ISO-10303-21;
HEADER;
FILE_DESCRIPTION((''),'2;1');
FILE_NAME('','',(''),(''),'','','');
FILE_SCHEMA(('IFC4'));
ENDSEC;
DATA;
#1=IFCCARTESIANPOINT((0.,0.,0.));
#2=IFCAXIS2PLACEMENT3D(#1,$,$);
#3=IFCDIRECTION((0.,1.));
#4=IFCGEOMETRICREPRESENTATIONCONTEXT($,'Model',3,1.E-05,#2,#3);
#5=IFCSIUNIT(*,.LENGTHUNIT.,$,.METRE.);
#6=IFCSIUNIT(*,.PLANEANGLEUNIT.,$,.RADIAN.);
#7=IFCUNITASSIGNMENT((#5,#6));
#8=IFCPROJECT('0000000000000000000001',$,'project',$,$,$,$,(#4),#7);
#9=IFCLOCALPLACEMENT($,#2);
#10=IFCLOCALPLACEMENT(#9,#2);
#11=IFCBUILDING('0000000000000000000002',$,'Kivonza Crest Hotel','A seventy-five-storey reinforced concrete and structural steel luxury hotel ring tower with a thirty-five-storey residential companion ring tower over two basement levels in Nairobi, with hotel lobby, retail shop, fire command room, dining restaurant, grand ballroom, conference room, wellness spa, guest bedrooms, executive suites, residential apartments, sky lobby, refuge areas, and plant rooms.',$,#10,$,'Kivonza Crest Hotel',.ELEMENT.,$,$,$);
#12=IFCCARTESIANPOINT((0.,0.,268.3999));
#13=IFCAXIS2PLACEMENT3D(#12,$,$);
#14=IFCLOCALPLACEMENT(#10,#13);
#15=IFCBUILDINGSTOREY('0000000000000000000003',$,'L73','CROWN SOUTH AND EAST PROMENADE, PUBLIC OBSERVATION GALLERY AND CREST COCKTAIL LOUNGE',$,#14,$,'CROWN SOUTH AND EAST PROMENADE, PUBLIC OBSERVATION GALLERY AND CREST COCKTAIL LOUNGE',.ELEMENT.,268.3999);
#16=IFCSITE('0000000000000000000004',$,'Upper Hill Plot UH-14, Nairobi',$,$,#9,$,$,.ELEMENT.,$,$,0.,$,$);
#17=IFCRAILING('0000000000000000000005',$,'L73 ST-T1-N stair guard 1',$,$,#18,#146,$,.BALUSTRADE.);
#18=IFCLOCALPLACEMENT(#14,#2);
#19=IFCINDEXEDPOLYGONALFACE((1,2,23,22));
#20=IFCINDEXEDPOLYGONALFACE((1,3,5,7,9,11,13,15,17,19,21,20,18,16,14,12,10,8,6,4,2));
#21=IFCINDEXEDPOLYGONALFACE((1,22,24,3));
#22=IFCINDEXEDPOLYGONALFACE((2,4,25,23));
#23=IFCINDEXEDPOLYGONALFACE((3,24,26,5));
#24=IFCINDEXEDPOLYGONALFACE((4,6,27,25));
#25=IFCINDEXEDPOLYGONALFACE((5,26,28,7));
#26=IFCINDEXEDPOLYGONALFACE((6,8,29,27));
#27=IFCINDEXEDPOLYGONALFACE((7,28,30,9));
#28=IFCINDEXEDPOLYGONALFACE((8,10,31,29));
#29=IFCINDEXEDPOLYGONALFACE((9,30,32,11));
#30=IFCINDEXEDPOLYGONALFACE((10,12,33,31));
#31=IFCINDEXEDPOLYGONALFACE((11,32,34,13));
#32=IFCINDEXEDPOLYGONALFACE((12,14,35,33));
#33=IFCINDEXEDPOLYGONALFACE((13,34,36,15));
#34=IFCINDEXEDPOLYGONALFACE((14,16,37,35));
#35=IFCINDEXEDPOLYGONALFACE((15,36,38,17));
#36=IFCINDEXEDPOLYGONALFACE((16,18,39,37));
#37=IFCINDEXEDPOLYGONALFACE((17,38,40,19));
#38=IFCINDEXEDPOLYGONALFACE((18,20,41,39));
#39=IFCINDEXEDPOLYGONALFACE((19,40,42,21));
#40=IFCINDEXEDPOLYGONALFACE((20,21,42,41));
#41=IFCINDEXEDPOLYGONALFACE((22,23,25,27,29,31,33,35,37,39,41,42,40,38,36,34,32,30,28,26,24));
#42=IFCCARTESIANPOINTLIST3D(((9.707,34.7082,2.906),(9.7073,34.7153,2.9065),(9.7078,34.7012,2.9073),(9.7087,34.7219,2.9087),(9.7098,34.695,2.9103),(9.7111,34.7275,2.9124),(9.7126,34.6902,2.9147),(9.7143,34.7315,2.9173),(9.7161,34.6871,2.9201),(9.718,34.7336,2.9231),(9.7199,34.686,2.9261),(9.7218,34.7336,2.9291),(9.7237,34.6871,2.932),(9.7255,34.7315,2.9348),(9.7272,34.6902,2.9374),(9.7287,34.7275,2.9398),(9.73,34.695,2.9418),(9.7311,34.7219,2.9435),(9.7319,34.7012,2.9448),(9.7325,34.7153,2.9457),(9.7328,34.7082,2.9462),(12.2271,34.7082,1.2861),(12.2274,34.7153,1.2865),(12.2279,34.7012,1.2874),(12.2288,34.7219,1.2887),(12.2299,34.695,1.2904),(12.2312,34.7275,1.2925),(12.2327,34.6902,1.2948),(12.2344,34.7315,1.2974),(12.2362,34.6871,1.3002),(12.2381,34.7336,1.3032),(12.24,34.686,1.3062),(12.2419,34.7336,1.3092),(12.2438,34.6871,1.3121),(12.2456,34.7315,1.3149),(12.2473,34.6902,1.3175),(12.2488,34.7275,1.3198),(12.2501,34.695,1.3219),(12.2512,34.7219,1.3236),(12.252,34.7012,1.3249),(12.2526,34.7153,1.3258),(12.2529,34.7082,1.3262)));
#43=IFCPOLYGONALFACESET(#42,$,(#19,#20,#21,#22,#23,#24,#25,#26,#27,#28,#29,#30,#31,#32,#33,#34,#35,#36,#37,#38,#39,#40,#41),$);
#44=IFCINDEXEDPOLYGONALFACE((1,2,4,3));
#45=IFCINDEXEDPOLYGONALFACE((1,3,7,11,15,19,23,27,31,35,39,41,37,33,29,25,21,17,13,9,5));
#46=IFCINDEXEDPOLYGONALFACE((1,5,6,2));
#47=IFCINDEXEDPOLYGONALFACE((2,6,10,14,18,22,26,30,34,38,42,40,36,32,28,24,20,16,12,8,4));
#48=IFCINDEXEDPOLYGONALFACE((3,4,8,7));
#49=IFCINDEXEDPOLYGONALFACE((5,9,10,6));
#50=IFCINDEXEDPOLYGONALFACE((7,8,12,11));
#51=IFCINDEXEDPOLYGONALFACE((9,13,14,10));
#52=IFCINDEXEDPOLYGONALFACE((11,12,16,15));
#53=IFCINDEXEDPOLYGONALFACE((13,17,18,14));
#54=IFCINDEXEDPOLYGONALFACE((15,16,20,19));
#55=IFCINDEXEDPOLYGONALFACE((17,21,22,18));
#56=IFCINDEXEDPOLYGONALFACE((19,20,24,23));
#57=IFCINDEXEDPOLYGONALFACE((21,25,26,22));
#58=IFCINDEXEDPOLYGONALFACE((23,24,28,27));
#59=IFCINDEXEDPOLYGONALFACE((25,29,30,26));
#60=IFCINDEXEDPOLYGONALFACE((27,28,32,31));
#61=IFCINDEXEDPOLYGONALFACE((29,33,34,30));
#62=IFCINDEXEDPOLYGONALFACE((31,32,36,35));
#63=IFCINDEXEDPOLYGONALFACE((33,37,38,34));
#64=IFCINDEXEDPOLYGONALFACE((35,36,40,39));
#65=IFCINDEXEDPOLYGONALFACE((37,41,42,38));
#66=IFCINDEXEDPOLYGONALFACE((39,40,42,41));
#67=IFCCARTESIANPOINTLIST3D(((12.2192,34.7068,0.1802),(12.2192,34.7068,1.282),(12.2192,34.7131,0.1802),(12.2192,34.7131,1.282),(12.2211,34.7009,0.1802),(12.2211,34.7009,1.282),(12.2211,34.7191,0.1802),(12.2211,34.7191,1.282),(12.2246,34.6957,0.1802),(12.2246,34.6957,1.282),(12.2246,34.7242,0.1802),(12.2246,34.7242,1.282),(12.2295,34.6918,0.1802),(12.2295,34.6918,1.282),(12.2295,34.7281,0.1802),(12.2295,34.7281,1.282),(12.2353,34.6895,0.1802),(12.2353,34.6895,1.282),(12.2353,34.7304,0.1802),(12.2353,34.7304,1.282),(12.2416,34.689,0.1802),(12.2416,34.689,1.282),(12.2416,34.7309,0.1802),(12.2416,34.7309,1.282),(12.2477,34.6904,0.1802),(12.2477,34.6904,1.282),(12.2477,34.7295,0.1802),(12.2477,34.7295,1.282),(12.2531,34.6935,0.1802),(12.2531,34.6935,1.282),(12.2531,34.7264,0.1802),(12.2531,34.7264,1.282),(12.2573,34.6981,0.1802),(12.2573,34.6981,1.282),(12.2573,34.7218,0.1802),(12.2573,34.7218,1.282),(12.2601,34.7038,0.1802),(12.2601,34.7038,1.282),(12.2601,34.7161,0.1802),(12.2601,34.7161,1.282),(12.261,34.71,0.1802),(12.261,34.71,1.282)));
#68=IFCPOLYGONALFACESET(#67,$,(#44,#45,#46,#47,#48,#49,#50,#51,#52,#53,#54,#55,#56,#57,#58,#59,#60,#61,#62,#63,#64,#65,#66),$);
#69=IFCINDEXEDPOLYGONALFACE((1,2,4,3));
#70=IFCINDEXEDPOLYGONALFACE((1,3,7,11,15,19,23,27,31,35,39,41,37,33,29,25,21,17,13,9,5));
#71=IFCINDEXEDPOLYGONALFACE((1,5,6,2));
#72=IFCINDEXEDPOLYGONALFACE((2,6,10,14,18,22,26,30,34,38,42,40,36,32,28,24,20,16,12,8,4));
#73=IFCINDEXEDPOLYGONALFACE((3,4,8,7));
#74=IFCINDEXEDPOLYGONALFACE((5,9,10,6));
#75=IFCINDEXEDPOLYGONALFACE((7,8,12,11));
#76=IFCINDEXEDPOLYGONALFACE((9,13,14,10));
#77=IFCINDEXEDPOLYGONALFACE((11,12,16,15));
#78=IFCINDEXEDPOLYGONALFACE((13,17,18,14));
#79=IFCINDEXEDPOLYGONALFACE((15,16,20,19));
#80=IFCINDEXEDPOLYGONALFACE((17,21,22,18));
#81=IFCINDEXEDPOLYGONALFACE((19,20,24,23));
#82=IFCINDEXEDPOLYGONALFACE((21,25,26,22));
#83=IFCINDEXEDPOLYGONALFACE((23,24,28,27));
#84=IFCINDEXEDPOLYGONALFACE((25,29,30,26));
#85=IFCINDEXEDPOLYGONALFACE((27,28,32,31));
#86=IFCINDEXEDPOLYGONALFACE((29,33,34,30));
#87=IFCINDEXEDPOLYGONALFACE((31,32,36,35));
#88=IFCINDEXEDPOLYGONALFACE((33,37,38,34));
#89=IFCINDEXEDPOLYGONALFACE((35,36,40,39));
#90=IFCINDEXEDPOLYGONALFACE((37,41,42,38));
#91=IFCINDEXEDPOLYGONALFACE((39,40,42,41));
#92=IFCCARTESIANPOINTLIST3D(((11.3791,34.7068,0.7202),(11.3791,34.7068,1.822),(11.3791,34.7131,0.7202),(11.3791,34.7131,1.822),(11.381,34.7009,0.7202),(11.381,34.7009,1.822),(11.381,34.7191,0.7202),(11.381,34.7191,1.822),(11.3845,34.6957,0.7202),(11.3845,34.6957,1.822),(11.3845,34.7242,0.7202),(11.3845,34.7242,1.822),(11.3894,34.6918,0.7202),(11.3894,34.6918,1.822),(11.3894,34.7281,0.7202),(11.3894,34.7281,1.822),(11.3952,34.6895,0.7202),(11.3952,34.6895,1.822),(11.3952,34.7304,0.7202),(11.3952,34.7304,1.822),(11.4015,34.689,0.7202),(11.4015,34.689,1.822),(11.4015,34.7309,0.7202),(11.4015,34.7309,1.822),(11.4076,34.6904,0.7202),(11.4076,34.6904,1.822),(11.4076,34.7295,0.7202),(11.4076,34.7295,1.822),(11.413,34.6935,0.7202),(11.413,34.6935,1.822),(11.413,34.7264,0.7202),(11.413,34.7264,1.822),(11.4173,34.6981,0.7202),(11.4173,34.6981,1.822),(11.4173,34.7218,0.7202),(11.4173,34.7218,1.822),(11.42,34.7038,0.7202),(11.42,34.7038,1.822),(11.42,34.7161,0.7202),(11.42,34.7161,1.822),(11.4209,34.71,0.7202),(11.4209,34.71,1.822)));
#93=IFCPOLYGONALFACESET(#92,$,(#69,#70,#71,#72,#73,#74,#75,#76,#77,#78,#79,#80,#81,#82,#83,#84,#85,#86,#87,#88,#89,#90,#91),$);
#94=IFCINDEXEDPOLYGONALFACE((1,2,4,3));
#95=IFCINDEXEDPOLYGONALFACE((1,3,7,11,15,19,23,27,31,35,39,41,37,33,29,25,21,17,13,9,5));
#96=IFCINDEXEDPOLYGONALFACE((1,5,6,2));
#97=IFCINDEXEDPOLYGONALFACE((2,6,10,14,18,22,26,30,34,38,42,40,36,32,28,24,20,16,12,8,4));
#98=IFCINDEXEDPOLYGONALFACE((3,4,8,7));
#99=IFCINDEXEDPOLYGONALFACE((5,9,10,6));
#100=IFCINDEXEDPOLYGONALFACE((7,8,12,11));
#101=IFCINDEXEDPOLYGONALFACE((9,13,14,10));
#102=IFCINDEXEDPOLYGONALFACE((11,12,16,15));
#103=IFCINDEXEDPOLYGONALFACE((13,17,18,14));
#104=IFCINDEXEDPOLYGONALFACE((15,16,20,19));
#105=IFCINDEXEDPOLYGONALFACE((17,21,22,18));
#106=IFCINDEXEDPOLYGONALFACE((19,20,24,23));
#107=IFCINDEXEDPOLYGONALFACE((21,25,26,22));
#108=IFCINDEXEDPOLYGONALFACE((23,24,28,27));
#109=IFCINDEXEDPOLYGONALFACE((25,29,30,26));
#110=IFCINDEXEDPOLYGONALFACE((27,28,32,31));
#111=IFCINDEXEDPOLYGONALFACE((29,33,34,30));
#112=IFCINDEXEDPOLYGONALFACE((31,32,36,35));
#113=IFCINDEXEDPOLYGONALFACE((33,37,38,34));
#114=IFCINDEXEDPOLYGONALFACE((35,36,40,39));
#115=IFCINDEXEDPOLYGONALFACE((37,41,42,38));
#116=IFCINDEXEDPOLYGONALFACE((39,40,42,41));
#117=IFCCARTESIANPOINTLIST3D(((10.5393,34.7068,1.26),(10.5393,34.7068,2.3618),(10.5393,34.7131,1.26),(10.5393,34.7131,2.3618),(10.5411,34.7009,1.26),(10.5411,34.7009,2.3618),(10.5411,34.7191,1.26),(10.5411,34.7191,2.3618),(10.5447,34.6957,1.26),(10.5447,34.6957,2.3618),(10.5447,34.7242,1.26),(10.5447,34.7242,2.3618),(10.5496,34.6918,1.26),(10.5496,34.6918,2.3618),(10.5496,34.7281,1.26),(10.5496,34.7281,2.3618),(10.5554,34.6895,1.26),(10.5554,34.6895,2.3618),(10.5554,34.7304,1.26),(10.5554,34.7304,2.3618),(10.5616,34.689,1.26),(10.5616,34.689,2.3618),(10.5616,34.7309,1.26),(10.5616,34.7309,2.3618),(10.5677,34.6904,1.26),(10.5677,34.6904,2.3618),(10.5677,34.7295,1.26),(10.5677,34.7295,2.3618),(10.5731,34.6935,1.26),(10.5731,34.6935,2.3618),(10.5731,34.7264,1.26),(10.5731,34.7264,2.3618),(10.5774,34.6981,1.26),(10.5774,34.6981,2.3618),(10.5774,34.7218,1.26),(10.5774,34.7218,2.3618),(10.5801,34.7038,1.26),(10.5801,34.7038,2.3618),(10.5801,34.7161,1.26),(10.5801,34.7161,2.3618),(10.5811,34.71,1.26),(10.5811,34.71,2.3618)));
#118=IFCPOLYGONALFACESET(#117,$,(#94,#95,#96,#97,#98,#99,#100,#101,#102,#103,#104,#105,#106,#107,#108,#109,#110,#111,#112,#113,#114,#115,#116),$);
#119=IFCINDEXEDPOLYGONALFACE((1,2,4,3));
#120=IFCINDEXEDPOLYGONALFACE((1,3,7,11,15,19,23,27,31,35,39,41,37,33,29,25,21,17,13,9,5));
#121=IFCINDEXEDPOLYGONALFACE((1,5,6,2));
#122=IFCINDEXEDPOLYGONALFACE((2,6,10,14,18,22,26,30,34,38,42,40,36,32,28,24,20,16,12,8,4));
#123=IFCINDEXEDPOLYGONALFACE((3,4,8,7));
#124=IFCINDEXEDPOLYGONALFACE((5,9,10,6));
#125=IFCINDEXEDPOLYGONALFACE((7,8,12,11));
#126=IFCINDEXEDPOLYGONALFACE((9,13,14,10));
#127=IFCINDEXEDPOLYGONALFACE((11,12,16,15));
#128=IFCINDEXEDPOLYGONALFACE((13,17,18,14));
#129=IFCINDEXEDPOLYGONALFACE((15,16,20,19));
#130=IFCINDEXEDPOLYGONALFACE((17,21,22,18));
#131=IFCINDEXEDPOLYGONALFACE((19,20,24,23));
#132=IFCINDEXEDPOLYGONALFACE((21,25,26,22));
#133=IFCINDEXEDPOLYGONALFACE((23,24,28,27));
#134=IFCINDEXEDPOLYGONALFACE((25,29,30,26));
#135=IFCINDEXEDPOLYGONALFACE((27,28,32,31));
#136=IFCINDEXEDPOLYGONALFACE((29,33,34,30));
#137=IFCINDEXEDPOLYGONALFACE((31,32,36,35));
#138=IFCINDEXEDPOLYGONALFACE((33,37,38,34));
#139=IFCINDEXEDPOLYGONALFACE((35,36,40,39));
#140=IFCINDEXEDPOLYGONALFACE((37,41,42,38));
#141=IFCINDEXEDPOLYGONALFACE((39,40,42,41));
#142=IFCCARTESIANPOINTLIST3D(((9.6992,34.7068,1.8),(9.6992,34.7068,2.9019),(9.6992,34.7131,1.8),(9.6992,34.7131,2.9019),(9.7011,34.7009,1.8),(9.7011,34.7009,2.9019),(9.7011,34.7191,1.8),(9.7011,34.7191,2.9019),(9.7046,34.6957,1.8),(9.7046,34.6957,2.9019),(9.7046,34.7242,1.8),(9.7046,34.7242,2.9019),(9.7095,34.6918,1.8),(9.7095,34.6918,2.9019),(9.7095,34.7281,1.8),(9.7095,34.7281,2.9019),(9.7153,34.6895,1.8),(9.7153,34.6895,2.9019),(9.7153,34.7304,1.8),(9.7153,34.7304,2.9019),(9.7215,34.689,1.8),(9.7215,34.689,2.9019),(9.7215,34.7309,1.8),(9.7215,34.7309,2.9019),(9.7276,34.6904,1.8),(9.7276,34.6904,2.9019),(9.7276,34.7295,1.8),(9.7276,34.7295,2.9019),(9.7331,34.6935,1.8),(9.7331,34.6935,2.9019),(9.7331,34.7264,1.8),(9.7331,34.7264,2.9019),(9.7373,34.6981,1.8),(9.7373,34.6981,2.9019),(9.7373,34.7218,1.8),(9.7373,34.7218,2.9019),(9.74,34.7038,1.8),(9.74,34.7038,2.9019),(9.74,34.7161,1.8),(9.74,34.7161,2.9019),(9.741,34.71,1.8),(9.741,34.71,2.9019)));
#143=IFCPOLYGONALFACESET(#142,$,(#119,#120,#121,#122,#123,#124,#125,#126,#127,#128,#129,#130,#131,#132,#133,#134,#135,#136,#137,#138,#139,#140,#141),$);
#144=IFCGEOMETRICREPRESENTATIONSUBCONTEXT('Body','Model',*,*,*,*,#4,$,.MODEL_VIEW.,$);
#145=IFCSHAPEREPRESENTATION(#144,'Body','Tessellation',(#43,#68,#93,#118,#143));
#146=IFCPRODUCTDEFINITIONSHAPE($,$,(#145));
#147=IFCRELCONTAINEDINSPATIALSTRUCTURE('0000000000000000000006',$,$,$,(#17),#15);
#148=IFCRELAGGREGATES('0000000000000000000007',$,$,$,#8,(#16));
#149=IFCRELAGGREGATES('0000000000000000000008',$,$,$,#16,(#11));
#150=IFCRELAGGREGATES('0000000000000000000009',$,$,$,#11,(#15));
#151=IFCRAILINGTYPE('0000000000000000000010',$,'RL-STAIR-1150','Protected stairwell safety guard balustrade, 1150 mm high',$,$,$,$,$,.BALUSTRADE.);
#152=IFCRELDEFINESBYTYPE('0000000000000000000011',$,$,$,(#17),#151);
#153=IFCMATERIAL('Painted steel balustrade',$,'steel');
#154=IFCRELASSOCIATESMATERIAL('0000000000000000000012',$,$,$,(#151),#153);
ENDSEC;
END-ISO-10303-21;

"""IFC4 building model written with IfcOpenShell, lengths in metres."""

from ifc_helpers import new_model, si_unit, direction, frame, origin, origin_2d, place, context, subcontext, project, spatial, circle, extrude, material, type_object, element, save


model = new_model("IFC4")

# Units and contexts
model_context = context("Model", 3, precision=1e-05, world=origin(), true_north=direction((0.0, 1.0)))
body_context = subcontext(model_context, "Body", "Model", "MODEL_VIEW")
ifc_project = project(units=[si_unit("LENGTHUNIT", "METRE"), si_unit("PLANEANGLEUNIT", "RADIAN")], contexts=[model_context])

# Site, building, storey
site_placement = place(None, origin())
site = spatial("IfcSite", under=ifc_project, at=site_placement, Name="Upper Hill Plot UH-14, Nairobi", CompositionType="ELEMENT", RefElevation=0.0)
building_placement = place(site_placement, origin())
building = spatial("IfcBuilding", under=site, at=building_placement, Name="Kivonza Crest Hotel", Description="A seventy-five-storey reinforced concrete and structural steel luxury hotel ring tower with a thirty-five-storey residential companion ring tower over two basement levels in Nairobi, with hotel lobby, retail shop, fire command room, dining restaurant, grand ballroom, conference room, wellness spa, guest bedrooms, executive suites, residential apartments, sky lobby, refuge areas, and plant rooms.", LongName="Kivonza Crest Hotel", CompositionType="ELEMENT")
storey_placement = place(building_placement, frame((0.0, 0.0, 268.3999)))
storey = spatial("IfcBuildingStorey", under=building, at=storey_placement, Name="L73", Description="CROWN SOUTH AND EAST PROMENADE, PUBLIC OBSERVATION GALLERY AND CREST COCKTAIL LOUNGE", LongName="CROWN SOUTH AND EAST PROMENADE, PUBLIC OBSERVATION GALLERY AND CREST COCKTAIL LOUNGE", CompositionType="ELEMENT", Elevation=268.3999)

# Railing
ifc_material_1 = material(Name="Painted steel balustrade", Category="steel")
railing_type_1 = type_object("IfcRailingType", Name="RL-STAIR-1150", Description="Protected stairwell safety guard balustrade, 1150 mm high", PredefinedType="BALUSTRADE", material=ifc_material_1)
railing_1_placement = place(storey_placement, frame((12.24, 34.71, 0.1802)))
element("IfcRailing", 1, at=railing_1_placement, inside=storey, type_object=railing_type_1, Name="L73 ST-T1-N stair guard 1", PredefinedType="BALUSTRADE", context=body_context, shape_type="SweptSolid", body=[
    extrude(circle(Radius=0.0239, at=origin_2d()), frame((0.0, 0.0, 1.126), z_axis=(-0.8412, 0.0, 0.540725), x_axis=(0.0, -1.0, 0.0)), (0.0, 0.0, 1.0), 2.9958),
    extrude(circle(Radius=0.021, at=origin_2d()), origin(), (0.0, 0.0, 1.0), 1.1018),
    extrude(circle(Radius=0.021, at=origin_2d()), frame((-0.8401, 0.0, 0.54)), (0.0, 0.0, 1.0), 1.1018),
    extrude(circle(Radius=0.021, at=origin_2d()), frame((-1.6799, 0.0, 1.0798)), (0.0, 0.0, 1.0), 1.1018),
    extrude(circle(Radius=0.021, at=origin_2d()), frame((-2.52, 0.0, 1.6199)), (0.0, 0.0, 1.0), 1.1018),
])

save(model, "model.ifc")
